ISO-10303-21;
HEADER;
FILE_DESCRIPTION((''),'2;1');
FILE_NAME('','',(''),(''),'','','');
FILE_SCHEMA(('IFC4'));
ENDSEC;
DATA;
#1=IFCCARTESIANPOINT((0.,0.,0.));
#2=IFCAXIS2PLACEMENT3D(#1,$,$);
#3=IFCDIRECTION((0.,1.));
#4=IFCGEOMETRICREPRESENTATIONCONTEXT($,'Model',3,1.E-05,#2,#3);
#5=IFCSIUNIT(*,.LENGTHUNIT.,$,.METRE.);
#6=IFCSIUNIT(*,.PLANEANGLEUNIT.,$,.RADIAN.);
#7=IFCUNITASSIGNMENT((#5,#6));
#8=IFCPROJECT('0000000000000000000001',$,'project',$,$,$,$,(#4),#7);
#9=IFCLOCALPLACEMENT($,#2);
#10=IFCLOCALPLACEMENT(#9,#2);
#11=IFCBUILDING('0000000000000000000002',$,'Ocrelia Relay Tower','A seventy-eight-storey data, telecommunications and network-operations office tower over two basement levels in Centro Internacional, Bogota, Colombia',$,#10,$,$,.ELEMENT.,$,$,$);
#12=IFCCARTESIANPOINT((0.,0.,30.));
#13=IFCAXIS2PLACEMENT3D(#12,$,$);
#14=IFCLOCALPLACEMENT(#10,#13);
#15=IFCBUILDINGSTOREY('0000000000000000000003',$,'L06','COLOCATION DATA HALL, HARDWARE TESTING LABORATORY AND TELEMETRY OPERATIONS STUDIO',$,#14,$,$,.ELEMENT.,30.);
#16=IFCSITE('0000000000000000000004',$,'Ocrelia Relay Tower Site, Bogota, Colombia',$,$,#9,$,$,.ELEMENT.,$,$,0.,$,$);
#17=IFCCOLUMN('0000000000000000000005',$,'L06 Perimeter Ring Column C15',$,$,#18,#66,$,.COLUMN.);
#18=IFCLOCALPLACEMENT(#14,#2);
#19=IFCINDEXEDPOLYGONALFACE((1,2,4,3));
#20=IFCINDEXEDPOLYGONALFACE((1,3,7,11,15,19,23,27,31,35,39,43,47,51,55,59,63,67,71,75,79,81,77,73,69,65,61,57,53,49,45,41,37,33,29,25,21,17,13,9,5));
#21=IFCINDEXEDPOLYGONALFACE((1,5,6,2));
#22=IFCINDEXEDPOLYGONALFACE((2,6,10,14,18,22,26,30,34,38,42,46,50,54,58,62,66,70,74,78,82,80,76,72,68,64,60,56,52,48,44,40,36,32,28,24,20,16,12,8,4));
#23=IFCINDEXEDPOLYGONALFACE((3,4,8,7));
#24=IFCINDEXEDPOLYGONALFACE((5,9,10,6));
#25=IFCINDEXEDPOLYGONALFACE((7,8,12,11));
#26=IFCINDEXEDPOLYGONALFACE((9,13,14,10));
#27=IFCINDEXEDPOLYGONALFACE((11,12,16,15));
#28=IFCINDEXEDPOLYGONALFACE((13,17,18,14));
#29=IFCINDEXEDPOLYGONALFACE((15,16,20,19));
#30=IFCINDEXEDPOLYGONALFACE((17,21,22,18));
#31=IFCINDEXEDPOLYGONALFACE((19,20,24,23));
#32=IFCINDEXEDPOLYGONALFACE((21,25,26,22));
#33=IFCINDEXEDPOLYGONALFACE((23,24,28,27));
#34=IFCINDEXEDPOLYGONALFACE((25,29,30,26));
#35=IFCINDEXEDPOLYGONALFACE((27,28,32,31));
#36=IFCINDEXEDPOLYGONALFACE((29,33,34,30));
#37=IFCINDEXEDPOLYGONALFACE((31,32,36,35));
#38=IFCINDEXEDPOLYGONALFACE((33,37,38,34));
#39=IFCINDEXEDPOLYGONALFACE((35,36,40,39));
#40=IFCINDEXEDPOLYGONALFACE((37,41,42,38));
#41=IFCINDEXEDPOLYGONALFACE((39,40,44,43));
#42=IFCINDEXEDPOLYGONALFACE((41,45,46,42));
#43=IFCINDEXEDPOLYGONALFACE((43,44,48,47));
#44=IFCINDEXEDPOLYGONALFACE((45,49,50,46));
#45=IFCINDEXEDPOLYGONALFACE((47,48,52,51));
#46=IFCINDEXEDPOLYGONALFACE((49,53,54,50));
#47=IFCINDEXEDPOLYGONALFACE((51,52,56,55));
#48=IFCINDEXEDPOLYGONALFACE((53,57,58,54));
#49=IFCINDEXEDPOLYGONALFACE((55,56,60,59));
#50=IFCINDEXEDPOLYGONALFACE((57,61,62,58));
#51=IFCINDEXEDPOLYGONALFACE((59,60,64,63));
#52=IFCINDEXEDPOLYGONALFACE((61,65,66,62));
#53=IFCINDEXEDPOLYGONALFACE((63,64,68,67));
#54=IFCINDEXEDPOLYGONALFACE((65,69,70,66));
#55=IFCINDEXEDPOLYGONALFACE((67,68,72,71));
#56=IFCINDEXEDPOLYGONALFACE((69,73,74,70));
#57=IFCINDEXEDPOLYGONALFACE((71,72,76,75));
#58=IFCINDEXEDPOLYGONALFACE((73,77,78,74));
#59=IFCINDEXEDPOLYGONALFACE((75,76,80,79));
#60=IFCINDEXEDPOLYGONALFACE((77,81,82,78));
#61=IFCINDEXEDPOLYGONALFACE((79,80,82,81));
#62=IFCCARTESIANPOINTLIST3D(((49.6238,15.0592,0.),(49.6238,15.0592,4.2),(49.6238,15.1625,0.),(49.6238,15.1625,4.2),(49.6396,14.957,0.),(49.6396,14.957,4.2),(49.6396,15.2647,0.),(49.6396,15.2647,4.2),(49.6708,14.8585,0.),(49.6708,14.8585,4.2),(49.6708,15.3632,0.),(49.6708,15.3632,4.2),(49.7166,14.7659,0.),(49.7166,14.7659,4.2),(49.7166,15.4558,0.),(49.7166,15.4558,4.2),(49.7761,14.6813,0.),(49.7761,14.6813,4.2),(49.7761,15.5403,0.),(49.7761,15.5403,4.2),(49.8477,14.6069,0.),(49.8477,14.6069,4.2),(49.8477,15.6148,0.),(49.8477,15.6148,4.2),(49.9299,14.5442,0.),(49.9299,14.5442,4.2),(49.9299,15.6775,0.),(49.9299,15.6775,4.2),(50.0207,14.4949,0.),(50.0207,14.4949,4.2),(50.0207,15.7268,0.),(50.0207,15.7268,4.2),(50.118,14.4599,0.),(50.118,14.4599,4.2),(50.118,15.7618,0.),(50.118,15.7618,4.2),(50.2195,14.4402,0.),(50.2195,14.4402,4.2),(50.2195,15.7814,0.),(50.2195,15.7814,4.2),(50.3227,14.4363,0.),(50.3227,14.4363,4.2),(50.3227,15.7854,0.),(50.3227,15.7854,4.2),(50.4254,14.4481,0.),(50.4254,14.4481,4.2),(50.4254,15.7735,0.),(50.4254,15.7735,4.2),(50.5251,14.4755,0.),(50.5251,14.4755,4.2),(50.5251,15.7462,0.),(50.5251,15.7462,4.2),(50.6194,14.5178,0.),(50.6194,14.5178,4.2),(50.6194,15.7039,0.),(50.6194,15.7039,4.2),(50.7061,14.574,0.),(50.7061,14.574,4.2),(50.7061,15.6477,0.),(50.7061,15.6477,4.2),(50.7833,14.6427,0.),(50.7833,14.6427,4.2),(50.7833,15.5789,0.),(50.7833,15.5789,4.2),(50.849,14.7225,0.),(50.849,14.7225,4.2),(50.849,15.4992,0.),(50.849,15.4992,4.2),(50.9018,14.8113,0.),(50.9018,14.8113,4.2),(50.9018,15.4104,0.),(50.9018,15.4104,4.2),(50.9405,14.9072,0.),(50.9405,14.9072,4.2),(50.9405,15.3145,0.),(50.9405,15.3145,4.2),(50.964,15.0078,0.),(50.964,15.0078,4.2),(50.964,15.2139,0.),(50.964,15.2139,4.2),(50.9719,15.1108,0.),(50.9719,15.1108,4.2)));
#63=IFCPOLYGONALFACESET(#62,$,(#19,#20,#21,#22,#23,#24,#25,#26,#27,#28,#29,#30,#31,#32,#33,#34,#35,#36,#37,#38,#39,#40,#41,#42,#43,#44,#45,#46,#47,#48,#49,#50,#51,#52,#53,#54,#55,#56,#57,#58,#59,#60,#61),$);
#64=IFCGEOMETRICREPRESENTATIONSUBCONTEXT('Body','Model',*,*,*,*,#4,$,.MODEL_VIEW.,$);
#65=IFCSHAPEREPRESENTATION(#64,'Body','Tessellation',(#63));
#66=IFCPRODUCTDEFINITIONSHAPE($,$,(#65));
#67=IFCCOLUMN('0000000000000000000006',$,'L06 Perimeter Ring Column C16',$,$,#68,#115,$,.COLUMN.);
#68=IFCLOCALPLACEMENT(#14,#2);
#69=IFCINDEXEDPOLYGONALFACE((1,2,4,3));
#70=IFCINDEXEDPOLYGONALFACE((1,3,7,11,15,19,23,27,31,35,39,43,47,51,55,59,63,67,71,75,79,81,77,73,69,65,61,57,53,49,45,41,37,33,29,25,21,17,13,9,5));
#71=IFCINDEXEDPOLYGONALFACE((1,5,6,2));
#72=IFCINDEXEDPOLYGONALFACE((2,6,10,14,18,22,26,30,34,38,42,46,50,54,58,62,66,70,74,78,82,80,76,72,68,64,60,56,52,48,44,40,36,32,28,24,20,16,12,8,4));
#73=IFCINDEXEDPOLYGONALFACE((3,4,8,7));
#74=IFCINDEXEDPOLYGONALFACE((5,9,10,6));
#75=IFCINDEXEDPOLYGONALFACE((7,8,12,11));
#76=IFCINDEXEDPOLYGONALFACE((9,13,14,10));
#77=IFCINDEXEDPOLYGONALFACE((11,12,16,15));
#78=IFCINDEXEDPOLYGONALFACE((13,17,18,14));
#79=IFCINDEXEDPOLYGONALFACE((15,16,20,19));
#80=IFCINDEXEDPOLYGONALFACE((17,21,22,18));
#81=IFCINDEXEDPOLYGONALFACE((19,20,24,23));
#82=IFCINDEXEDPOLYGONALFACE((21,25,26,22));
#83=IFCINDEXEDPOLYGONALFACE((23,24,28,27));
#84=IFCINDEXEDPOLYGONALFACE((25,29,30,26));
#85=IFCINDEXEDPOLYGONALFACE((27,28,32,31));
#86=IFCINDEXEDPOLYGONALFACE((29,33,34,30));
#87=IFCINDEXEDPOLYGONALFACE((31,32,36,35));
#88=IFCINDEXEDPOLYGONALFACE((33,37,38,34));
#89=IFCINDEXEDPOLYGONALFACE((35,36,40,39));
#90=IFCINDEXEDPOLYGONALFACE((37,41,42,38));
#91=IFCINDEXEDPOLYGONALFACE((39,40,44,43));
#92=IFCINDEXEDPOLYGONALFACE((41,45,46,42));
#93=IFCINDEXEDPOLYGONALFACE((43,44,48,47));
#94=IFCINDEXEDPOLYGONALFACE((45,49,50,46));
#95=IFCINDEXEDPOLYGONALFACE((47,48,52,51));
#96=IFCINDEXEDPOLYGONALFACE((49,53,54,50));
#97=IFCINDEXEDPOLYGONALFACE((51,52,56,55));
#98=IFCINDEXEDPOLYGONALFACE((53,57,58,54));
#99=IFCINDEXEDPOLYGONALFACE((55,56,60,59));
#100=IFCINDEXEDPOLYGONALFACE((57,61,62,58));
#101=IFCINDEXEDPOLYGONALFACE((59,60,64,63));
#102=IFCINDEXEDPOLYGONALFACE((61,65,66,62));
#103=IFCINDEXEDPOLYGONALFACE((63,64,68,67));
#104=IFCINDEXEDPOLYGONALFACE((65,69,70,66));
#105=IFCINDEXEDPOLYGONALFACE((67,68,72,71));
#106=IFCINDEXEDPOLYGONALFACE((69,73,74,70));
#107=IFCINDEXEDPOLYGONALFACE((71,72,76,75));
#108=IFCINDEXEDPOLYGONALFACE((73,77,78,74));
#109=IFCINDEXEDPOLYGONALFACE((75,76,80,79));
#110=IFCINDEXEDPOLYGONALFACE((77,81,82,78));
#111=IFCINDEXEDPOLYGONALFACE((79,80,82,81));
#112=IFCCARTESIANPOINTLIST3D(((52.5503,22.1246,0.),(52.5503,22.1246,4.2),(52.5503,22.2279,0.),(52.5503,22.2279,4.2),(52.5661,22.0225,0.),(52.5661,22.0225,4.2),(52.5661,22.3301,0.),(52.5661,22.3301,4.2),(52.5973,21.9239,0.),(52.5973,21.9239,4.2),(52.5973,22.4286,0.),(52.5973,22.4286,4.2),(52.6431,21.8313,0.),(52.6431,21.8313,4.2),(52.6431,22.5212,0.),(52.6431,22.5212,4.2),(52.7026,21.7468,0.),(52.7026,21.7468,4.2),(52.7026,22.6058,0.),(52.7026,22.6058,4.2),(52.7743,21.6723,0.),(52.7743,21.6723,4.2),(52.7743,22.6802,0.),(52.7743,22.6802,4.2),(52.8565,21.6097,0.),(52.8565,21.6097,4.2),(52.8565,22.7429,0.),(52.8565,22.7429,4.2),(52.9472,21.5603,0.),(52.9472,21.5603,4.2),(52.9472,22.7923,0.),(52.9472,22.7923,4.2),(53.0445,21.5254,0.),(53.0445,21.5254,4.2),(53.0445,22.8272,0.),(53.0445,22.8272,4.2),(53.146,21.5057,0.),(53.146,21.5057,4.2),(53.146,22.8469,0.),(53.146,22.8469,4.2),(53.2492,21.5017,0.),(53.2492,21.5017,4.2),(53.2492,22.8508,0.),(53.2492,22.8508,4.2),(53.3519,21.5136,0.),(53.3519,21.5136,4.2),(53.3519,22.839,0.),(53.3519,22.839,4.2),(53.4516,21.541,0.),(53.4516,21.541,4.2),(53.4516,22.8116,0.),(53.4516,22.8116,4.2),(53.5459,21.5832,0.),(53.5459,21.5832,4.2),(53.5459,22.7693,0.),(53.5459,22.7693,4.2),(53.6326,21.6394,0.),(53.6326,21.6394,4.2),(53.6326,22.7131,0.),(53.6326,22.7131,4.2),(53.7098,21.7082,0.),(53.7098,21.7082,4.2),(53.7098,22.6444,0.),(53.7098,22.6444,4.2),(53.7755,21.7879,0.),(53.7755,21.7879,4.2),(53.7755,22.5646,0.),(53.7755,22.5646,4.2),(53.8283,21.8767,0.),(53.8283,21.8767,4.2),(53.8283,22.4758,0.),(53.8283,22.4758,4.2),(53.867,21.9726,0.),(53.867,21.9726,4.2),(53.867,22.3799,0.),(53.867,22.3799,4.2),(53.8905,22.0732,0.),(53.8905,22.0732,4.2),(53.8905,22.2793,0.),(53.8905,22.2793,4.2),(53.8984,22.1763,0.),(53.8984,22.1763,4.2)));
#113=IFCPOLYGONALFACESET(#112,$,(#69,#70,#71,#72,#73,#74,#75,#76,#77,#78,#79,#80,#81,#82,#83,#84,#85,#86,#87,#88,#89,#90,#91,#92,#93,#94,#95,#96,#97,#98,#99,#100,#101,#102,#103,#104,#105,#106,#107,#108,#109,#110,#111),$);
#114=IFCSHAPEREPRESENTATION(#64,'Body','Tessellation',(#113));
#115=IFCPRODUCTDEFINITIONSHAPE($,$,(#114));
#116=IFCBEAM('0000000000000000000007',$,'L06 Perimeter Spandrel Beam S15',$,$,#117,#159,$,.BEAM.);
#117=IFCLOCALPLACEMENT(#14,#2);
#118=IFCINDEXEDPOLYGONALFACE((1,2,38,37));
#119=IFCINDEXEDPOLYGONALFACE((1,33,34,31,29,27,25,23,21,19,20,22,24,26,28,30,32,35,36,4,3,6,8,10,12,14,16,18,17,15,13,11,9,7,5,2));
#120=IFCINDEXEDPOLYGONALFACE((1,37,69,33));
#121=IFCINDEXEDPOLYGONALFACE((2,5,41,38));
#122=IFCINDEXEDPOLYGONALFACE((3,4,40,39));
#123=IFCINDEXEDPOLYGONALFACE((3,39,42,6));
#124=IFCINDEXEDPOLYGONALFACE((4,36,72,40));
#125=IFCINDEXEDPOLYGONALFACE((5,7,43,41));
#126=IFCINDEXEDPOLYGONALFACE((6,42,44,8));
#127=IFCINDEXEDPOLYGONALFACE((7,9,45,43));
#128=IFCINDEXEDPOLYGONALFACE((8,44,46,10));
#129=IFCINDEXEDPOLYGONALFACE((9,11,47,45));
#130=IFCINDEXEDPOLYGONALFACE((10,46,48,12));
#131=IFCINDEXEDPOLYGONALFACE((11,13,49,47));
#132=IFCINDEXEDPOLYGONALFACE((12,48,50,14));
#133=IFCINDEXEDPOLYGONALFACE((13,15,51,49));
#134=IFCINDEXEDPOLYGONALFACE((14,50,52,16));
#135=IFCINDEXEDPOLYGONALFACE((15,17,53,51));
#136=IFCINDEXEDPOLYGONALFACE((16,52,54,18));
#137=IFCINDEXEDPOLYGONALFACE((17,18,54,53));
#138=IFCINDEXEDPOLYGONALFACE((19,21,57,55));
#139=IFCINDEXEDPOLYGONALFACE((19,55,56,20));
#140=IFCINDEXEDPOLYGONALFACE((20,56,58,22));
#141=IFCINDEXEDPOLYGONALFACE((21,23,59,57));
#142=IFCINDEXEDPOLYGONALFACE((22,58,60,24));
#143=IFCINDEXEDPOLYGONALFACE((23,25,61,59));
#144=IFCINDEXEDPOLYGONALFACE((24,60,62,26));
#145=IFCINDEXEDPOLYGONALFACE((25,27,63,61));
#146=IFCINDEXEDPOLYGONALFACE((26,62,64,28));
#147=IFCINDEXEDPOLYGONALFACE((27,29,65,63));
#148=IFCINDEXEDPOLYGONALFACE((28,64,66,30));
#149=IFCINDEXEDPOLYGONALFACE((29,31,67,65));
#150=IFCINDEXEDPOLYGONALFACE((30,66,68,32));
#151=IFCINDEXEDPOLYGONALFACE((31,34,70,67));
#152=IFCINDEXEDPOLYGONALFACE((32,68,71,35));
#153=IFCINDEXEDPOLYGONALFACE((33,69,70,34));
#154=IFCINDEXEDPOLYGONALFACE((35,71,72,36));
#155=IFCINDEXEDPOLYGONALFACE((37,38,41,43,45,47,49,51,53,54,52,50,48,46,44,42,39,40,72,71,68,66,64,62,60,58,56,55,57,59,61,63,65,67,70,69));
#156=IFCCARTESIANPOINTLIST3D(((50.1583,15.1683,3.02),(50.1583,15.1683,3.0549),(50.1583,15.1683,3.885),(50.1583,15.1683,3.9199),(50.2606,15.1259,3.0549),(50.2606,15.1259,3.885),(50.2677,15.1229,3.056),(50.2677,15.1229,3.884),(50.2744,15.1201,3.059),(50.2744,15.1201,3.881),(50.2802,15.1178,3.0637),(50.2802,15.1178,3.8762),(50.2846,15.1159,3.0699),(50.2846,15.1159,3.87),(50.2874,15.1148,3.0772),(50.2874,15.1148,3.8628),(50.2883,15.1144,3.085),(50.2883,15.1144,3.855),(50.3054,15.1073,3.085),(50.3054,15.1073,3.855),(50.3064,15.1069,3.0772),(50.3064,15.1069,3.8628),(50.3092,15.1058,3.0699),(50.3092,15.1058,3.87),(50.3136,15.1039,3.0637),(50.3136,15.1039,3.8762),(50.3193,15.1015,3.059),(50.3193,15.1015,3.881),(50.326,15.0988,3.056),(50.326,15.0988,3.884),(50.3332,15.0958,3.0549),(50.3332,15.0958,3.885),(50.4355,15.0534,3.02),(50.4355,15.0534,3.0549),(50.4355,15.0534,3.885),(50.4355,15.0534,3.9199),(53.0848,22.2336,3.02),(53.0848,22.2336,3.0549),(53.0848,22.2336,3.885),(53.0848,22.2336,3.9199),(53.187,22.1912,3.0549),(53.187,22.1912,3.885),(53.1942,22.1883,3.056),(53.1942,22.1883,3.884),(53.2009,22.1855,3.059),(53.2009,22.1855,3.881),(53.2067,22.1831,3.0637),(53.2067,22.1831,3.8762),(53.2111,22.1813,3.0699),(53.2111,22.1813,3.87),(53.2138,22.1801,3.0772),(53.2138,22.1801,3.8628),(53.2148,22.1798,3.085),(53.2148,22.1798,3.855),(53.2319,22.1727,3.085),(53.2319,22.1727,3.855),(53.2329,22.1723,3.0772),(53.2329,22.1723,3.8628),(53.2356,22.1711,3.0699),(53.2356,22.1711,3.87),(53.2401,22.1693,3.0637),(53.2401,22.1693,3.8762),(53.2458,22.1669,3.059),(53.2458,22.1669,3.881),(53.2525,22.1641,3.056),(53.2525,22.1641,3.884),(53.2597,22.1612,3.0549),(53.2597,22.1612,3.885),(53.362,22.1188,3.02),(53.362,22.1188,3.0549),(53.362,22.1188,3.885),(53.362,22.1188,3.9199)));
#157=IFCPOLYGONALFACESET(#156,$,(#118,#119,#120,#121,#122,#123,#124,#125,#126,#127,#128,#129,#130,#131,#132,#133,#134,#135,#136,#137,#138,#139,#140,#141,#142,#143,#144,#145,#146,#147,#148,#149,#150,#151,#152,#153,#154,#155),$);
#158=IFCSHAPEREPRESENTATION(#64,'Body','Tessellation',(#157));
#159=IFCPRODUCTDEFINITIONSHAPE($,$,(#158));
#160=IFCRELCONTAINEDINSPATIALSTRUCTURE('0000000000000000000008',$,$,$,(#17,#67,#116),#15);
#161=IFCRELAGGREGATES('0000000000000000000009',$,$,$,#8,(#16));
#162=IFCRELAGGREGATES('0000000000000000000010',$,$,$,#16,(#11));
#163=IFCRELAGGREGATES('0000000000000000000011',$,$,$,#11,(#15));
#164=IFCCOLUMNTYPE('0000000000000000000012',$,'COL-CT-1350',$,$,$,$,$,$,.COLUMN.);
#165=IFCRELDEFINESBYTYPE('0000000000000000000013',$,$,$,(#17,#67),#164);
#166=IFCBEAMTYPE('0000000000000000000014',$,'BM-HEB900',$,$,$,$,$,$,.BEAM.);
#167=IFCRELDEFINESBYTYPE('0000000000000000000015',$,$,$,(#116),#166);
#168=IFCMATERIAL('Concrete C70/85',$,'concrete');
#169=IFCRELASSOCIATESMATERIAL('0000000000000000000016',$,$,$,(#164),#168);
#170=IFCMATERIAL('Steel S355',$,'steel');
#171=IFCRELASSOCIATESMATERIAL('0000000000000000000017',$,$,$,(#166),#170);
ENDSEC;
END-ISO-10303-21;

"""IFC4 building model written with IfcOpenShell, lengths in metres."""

from ifc_helpers import new_model, si_unit, direction, frame, origin, origin_2d, place, context, subcontext, project, spatial, circle, i_section, extrude, material, material_profile, profile_set, type_object, element, save


model = new_model("IFC4")

# Units and contexts
model_context = context("Model", 3, precision=1e-05, world=origin(), true_north=direction((0.0, 1.0)))
body_context = subcontext(model_context, "Body", "Model", "MODEL_VIEW")
ifc_project = project(units=[si_unit("LENGTHUNIT", "METRE"), si_unit("PLANEANGLEUNIT", "RADIAN")], contexts=[model_context])

# Site, building, storey
site_placement = place(None, origin())
site = spatial("IfcSite", under=ifc_project, at=site_placement, Name="Ocrelia Relay Tower Site, Bogota, Colombia", CompositionType="ELEMENT", RefElevation=0.0)
building_placement = place(site_placement, origin())
building = spatial("IfcBuilding", under=site, at=building_placement, Name="Ocrelia Relay Tower", Description="A seventy-eight-storey data, telecommunications and network-operations office tower over two basement levels in Centro Internacional, Bogota, Colombia", CompositionType="ELEMENT")
storey_placement = place(building_placement, frame((0.0, 0.0, 30.0)))
storey = spatial("IfcBuildingStorey", under=building, at=storey_placement, Name="L06", Description="COLOCATION DATA HALL, HARDWARE TESTING LABORATORY AND TELEMETRY OPERATIONS STUDIO", CompositionType="ELEMENT", Elevation=30.0)

# Columns
ifc_material_1 = material(Name="Concrete C70/85", Category="concrete")
ifc_material_profile_1 = material_profile(ifc_material_1, circle(Radius=0.675, at=origin_2d()), Name="RC-CIR-1350")
ifc_profile_set_1 = profile_set([ifc_material_profile_1], Name="Concrete C70/85")
column_type = type_object("IfcColumnType", Name="COL-CT-1350", PredefinedType="COLUMN", material=ifc_profile_set_1)
for number, where, z_axis, x_axis, name in (
    (1, (50.2969, 15.1108, 0.0), (0.0, 0.0, 1.0), (1.0, 0.0, 0.0), "L06 Perimeter Ring Column C15"),
    (2, (53.2234, 22.1763, 0.0), (0.0, 0.0, 1.0), (1.0, 0.0, 0.0), "L06 Perimeter Ring Column C16"),
):
    element("IfcColumn", number, at=place(storey_placement, frame(where, z_axis=z_axis, x_axis=x_axis)), inside=storey, type_object=column_type, Name=name, PredefinedType="COLUMN", context=body_context, shape_type="SweptSolid", body=[
        extrude(circle(Radius=0.675, at=origin_2d()), origin(), (0.0, 0.0, 1.0), 4.2),
    ])

# Beam
ifc_material_2 = material(Name="Steel S355", Category="steel")
ifc_material_profile_2 = material_profile(ifc_material_2, i_section(OverallWidth=0.3, OverallDepth=0.8999, WebThickness=0.0186, FlangeThickness=0.0349, FilletRadius=0.03, at=origin_2d()), Name="HEB 900")
ifc_profile_set_2 = profile_set([ifc_material_profile_2], Name="Steel S355")
beam_type_1 = type_object("IfcBeamType", Name="BM-HEB900", PredefinedType="BEAM", material=ifc_profile_set_2)
beam_1_placement = place(storey_placement, frame((50.2969, 15.1108, 3.47), z_axis=(0.382674, 0.923883, 0.0), x_axis=(-0.923883, 0.382674, 0.0)))
element("IfcBeam", 3, at=beam_1_placement, inside=storey, type_object=beam_type_1, Name="L06 Perimeter Spandrel Beam S15", PredefinedType="BEAM", context=body_context, shape_type="SweptSolid", body=[
    extrude(i_section(OverallWidth=0.3, OverallDepth=0.8999, WebThickness=0.0186, FlangeThickness=0.0349, FilletRadius=0.03, at=origin_2d()), origin(), (0.0, 0.0, 1.0), 7.6475),
])

save(model, "model.ifc")
